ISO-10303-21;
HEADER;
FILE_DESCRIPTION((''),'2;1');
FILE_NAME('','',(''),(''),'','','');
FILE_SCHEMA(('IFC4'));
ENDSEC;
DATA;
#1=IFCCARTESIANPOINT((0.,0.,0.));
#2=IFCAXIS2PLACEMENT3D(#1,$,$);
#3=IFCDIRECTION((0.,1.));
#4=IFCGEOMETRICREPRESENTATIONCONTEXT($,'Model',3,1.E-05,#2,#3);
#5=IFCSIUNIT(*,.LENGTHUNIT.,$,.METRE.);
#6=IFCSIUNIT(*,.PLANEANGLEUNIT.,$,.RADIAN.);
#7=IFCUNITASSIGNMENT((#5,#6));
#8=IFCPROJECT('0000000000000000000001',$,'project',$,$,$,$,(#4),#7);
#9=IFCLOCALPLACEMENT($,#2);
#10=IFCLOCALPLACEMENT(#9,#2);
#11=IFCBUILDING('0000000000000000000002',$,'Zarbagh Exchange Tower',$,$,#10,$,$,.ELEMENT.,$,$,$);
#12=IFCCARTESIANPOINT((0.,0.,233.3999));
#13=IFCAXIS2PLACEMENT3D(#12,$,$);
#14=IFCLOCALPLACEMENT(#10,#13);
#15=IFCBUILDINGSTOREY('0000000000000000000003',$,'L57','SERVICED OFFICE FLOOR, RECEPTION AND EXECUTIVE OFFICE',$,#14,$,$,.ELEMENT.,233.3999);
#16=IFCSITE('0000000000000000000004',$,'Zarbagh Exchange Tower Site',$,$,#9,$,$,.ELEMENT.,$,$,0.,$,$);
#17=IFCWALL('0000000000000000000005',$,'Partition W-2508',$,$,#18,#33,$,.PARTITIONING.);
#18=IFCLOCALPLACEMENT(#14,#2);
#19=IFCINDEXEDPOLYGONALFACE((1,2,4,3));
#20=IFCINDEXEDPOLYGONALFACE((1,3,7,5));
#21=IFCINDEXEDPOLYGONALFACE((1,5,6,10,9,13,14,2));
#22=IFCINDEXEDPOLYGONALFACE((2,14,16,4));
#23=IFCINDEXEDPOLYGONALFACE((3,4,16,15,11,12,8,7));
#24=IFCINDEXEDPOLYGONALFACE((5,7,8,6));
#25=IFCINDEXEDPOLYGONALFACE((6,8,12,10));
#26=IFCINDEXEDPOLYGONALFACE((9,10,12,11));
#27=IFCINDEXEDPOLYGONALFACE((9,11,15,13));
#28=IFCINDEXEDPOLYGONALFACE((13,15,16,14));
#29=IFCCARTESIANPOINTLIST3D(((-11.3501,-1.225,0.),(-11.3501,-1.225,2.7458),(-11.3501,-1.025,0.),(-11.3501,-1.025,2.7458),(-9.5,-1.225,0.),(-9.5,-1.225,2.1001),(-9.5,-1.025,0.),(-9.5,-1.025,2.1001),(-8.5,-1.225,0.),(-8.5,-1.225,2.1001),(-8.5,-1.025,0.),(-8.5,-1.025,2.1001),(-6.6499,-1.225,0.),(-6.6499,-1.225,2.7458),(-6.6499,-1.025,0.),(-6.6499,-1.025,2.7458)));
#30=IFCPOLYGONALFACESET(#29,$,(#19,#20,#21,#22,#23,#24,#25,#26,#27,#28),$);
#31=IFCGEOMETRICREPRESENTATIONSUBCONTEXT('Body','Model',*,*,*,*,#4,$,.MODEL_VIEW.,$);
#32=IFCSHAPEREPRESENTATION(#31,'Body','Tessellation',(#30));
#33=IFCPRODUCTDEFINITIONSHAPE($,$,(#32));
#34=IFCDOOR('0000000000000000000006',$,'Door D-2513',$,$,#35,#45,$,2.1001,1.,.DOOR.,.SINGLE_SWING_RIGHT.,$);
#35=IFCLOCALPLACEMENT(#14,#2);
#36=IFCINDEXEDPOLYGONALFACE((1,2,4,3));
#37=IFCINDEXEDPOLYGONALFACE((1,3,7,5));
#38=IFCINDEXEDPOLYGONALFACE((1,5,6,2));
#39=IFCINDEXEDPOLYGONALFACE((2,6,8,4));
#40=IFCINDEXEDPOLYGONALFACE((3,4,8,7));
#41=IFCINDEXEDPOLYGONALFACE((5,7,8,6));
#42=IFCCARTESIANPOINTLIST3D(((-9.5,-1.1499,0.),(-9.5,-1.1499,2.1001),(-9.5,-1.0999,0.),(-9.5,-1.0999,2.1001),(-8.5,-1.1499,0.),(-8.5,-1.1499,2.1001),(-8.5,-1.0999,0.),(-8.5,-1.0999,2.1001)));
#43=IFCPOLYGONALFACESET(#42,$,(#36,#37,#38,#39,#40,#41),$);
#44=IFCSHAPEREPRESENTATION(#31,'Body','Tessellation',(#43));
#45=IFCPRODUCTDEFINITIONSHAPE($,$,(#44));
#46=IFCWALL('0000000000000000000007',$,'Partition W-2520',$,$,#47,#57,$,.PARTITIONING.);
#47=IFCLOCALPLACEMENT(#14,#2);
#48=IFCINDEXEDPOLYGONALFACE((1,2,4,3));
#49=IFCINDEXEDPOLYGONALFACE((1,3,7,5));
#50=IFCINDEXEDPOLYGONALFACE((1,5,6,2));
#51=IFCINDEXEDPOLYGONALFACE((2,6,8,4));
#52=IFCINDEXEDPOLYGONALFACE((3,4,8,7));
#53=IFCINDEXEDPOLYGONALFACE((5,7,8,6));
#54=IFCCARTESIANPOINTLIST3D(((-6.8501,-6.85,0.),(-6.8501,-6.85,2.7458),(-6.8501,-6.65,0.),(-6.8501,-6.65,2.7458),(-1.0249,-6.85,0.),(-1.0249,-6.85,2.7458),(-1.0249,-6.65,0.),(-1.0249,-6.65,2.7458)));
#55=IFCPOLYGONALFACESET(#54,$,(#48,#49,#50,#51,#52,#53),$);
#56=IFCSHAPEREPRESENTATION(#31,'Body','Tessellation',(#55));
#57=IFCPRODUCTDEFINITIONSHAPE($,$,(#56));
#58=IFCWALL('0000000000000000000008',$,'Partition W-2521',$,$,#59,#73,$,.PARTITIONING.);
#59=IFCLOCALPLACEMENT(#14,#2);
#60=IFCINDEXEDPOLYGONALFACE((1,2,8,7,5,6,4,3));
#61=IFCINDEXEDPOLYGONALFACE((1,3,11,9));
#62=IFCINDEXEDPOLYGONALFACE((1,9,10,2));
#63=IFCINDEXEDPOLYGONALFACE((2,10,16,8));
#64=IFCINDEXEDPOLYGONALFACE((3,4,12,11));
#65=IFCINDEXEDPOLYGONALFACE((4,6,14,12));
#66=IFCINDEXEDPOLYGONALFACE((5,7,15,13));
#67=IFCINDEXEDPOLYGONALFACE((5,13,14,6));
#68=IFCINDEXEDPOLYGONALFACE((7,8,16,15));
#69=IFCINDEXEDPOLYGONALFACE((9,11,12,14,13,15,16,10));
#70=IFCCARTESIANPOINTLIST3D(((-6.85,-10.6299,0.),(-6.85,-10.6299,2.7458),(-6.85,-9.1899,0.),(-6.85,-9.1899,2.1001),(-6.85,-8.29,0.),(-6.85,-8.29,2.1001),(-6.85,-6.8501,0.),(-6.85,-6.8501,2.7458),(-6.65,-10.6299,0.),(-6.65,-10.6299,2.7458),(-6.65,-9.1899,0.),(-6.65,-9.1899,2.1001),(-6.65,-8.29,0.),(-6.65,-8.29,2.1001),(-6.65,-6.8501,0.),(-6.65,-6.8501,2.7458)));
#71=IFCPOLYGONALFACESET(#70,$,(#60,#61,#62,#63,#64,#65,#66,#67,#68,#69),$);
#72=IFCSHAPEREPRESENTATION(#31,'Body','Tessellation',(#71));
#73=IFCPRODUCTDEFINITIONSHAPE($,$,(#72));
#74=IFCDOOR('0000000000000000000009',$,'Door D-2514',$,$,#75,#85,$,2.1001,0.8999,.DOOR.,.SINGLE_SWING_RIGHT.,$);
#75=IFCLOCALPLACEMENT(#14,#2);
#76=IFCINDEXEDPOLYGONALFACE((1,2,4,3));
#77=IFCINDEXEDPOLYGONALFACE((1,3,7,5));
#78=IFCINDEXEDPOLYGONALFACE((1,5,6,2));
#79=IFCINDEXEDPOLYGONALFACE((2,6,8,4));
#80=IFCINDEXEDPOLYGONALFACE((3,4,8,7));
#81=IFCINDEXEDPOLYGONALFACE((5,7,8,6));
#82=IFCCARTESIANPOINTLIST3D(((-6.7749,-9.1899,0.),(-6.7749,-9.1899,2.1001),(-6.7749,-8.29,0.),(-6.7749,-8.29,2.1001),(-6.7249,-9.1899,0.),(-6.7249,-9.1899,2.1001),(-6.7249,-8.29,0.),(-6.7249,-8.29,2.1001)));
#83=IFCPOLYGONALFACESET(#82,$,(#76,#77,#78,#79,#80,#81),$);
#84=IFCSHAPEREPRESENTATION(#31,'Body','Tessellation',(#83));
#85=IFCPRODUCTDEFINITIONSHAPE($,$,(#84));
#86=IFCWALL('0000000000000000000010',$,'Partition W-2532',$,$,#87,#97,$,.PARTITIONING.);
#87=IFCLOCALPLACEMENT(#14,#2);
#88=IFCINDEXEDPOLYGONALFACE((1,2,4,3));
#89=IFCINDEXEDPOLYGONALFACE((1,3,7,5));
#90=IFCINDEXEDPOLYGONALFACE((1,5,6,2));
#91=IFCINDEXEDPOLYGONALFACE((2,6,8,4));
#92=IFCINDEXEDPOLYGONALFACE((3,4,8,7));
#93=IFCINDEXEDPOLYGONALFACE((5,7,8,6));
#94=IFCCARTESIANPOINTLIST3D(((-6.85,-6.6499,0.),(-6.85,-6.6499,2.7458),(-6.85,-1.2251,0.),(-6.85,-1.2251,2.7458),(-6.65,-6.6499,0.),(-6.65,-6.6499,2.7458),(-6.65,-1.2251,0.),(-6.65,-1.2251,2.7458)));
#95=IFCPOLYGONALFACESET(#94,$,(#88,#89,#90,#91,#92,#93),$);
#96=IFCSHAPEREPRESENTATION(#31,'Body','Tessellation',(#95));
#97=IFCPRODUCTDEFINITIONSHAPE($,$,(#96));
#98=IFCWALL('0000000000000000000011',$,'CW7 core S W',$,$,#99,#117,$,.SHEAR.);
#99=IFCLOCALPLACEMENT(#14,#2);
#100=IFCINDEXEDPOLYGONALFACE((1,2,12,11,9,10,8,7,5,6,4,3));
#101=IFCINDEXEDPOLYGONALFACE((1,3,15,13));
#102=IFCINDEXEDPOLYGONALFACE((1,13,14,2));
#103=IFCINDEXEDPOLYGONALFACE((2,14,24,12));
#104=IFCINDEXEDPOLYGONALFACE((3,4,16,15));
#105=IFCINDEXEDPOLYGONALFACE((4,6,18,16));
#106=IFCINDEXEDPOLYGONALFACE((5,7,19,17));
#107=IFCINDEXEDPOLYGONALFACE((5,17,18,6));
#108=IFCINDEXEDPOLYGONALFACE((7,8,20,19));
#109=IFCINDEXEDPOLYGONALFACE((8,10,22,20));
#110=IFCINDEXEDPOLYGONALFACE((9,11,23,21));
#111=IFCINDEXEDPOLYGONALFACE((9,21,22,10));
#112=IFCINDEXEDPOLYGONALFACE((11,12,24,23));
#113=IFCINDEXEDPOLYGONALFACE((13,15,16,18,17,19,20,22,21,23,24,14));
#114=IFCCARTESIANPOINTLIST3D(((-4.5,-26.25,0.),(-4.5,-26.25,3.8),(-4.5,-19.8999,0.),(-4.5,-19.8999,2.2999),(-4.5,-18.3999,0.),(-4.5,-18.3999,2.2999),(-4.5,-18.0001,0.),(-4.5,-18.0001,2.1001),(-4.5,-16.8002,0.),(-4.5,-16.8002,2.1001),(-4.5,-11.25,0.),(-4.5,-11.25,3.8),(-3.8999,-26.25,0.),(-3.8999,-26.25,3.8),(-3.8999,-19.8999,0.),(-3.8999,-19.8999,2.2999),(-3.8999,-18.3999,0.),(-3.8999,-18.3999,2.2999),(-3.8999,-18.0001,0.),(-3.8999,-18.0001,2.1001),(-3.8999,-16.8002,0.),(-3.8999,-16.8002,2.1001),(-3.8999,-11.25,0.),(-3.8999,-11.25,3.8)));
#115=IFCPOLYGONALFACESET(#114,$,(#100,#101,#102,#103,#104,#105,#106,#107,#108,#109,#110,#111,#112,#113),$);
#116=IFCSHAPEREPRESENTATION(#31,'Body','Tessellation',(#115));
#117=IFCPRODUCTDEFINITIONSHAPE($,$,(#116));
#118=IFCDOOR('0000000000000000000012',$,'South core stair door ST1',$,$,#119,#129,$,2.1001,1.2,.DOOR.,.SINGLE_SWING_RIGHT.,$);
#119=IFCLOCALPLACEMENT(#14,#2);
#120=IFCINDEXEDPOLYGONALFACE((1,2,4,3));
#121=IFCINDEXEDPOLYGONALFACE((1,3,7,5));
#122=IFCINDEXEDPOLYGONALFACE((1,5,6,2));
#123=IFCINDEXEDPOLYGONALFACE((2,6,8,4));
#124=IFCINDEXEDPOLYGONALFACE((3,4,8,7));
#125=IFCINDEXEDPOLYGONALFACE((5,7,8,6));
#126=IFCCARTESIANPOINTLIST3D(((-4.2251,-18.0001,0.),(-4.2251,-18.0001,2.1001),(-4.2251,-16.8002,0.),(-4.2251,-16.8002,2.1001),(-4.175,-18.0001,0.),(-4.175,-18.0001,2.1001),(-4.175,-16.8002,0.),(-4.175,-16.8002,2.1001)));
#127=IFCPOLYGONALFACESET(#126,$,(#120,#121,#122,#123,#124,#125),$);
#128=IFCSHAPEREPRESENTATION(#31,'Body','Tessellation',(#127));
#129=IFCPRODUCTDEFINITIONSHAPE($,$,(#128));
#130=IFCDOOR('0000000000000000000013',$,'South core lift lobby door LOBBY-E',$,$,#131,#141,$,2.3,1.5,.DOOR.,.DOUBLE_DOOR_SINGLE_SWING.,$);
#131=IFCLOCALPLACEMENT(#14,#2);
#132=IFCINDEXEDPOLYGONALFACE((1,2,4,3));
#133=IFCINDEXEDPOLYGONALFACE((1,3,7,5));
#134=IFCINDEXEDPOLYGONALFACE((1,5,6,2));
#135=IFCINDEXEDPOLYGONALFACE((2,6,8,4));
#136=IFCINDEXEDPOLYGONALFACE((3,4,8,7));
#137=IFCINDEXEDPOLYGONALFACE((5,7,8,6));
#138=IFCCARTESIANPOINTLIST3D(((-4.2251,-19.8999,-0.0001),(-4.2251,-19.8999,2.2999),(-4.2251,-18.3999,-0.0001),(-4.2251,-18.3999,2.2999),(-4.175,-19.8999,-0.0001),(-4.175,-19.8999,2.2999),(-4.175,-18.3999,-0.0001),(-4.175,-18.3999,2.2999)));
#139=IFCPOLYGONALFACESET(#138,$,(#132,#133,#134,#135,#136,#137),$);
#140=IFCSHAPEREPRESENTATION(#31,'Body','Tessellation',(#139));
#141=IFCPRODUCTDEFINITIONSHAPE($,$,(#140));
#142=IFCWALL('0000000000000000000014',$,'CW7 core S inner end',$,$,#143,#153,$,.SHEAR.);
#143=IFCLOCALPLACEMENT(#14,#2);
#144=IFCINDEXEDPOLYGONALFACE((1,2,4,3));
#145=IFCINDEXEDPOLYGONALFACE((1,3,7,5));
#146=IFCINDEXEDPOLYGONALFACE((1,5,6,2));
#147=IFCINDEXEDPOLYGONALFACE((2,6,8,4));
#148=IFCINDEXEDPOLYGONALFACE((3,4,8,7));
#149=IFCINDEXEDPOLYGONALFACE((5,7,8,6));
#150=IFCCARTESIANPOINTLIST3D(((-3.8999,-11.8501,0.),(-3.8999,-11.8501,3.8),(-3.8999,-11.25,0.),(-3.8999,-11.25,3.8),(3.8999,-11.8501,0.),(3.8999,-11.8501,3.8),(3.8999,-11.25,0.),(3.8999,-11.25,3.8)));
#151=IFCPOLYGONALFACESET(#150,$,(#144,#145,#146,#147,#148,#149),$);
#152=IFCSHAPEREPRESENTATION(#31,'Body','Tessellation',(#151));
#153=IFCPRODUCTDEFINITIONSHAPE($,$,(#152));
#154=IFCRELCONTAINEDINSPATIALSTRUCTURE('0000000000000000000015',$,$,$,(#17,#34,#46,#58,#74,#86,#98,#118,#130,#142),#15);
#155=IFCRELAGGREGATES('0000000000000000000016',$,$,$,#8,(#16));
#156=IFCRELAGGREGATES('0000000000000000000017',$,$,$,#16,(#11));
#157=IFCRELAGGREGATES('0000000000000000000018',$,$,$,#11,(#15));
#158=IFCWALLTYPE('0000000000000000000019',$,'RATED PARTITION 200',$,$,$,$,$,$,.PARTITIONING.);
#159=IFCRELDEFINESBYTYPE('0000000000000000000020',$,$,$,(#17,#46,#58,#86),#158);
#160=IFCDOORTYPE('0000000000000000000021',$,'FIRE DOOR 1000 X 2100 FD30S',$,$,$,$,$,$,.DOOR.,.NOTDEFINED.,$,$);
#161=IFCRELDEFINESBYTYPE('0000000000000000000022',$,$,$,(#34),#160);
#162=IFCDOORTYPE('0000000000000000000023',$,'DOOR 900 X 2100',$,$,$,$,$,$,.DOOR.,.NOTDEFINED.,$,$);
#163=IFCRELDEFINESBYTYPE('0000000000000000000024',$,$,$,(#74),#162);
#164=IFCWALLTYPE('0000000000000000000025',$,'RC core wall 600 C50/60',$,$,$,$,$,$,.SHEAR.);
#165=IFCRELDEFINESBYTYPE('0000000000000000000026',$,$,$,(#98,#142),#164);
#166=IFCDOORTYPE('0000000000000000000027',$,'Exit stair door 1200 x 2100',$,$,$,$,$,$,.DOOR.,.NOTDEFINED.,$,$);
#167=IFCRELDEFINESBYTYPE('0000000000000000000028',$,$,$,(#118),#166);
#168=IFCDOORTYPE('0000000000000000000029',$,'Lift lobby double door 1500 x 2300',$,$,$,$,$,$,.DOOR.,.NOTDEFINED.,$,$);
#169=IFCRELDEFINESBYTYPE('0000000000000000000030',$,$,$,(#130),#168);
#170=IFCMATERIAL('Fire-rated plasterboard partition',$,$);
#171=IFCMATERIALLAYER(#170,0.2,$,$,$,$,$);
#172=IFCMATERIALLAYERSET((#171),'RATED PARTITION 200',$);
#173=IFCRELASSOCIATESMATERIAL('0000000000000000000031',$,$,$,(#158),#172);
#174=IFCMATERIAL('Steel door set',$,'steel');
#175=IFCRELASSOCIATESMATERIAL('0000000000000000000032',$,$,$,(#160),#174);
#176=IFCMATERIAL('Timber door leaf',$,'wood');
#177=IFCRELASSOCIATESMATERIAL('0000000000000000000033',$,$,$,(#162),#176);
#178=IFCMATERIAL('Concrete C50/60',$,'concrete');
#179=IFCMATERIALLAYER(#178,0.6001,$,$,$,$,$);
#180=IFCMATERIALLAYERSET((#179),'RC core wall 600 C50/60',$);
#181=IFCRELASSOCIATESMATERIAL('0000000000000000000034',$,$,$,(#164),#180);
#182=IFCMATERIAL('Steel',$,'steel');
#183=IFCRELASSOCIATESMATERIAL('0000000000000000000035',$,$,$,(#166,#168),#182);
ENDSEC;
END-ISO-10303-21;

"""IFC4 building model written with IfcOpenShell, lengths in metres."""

from ifc_helpers import new_model, si_unit, direction, frame, frame_2d, origin, place, context, subcontext, project, spatial, rectangle, extrude, material, layer, layer_set, type_object, element, fill, save


model = new_model("IFC4")

# Units and contexts
model_context = context("Model", 3, precision=1e-05, world=origin(), true_north=direction((0.0, 1.0)))
body_context = subcontext(model_context, "Body", "Model", "MODEL_VIEW")
ifc_project = project(units=[si_unit("LENGTHUNIT", "METRE"), si_unit("PLANEANGLEUNIT", "RADIAN")], contexts=[model_context])

# Site, building, storey
site_placement = place(None, origin())
site = spatial("IfcSite", under=ifc_project, at=site_placement, Name="Zarbagh Exchange Tower Site", CompositionType="ELEMENT", RefElevation=0.0)
building_placement = place(site_placement, origin())
building = spatial("IfcBuilding", under=site, at=building_placement, Name="Zarbagh Exchange Tower", CompositionType="ELEMENT")
storey_placement = place(building_placement, frame((0.0, 0.0, 233.3999)))
storey = spatial("IfcBuildingStorey", under=building, at=storey_placement, Name="L57", Description="SERVICED OFFICE FLOOR, RECEPTION AND EXECUTIVE OFFICE", CompositionType="ELEMENT", Elevation=233.3999)

# Shared definitions
ifc_material_1 = material(Name="Concrete C50/60", Category="concrete")

# Wall, opening, door
ifc_material_2 = material(Name="Fire-rated plasterboard partition")
ifc_layer_1 = layer(ifc_material_2, 0.2)
ifc_layer_set_1 = layer_set([ifc_layer_1], Name="RATED PARTITION 200")
wall_type_1 = type_object("IfcWallType", Name="RATED PARTITION 200", PredefinedType="PARTITIONING", material=ifc_layer_set_1)
wall_1_placement = place(storey_placement, frame((-6.6499, -1.125, 0.0), z_axis=(0.0, 0.0, 1.0), x_axis=(-1.0, 0.0, 0.0)))
wall_1 = element("IfcWall", 1, at=wall_1_placement, inside=storey, type_object=wall_type_1, Name="Partition W-2508", PredefinedType="PARTITIONING", context=body_context, shape_type="SweptSolid", body=[
    extrude(rectangle(XDim=4.7002, YDim=0.2, at=frame_2d((2.3501, 0.0))), origin(), (0.0, 0.0, 1.0), 2.7458),
])
opening_1_placement = place(wall_1_placement, frame((1.8501, 0.0, 0.0)))
opening_1 = element("IfcOpeningElement", 2, at=opening_1_placement, cuts=wall_1, PredefinedType="OPENING", context=body_context, shape_type="SweptSolid", body=[
    extrude(rectangle(XDim=1.0, YDim=2.1001, at=frame_2d((0.5, 1.05))), frame((0.0, 0.1099, 0.0), z_axis=(0.0, -1.0, 0.0), x_axis=(1.0, 0.0, 0.0)), (0.0, 0.0, 1.0), 0.22),
])
ifc_material_3 = material(Name="Steel door set", Category="steel")
door_type_1 = type_object("IfcDoorType", Name="FIRE DOOR 1000 X 2100 FD30S", OperationType="NOTDEFINED", PredefinedType="DOOR", material=ifc_material_3)
door_1_placement = place(opening_1_placement, origin())
door_1 = element("IfcDoor", 3, at=door_1_placement, inside=storey, type_object=door_type_1, Name="Door D-2513", OperationType="SINGLE_SWING_RIGHT", OverallHeight=2.1001, OverallWidth=1.0, PredefinedType="DOOR", context=body_context, shape_type="SweptSolid", body=[
    extrude(rectangle(XDim=1.0, YDim=2.1001, at=frame_2d((0.5, 1.05))), frame((0.0, 0.0249, 0.0), z_axis=(0.0, -1.0, 0.0), x_axis=(1.0, 0.0, 0.0)), (0.0, 0.0, 1.0), 0.05),
])
fill(opening_1, door_1)

# Wall
wall_2_placement = place(storey_placement, frame((-6.8501, -6.75, 0.0), z_axis=(0.0, 0.0, 1.0), x_axis=(1.0, 0.0, 0.0)))
element("IfcWall", 4, at=wall_2_placement, inside=storey, type_object=wall_type_1, Name="Partition W-2520", PredefinedType="PARTITIONING", context=body_context, shape_type="SweptSolid", body=[
    extrude(rectangle(XDim=5.8252, YDim=0.2, at=frame_2d((2.9126, 0.0))), origin(), (0.0, 0.0, 1.0), 2.7458),
])

# Wall, opening, door
wall_3_placement = place(storey_placement, frame((-6.75, -10.6299, 0.0), z_axis=(0.0, 0.0, 1.0), x_axis=(0.0, 1.0, 0.0)))
wall_3 = element("IfcWall", 5, at=wall_3_placement, inside=storey, type_object=wall_type_1, Name="Partition W-2521", PredefinedType="PARTITIONING", context=body_context, shape_type="SweptSolid", body=[
    extrude(rectangle(XDim=3.7798, YDim=0.2, at=frame_2d((1.8899, 0.0))), origin(), (0.0, 0.0, 1.0), 2.7458),
])
opening_2_placement = place(wall_3_placement, frame((1.4399, 0.0, 0.0)))
opening_2 = element("IfcOpeningElement", 6, at=opening_2_placement, cuts=wall_3, PredefinedType="OPENING", context=body_context, shape_type="SweptSolid", body=[
    extrude(rectangle(XDim=0.8999, YDim=2.1001, at=frame_2d((0.45, 1.05))), frame((0.0, 0.1099, 0.0), z_axis=(0.0, -1.0, 0.0), x_axis=(1.0, 0.0, 0.0)), (0.0, 0.0, 1.0), 0.22),
])
ifc_material_4 = material(Name="Timber door leaf", Category="wood")
door_type_2 = type_object("IfcDoorType", Name="DOOR 900 X 2100", OperationType="NOTDEFINED", PredefinedType="DOOR", material=ifc_material_4)
door_2_placement = place(opening_2_placement, origin())
door_2 = element("IfcDoor", 7, at=door_2_placement, inside=storey, type_object=door_type_2, Name="Door D-2514", OperationType="SINGLE_SWING_RIGHT", OverallHeight=2.1001, OverallWidth=0.8999, PredefinedType="DOOR", context=body_context, shape_type="SweptSolid", body=[
    extrude(rectangle(XDim=0.8999, YDim=2.1001, at=frame_2d((0.45, 1.05))), frame((0.0, 0.0249, 0.0), z_axis=(0.0, -1.0, 0.0), x_axis=(1.0, 0.0, 0.0)), (0.0, 0.0, 1.0), 0.05),
])
fill(opening_2, door_2)

# Wall
wall_4_placement = place(storey_placement, frame((-6.75, -6.6499, 0.0), z_axis=(0.0, 0.0, 1.0), x_axis=(0.0, 1.0, 0.0)))
element("IfcWall", 8, at=wall_4_placement, inside=storey, type_object=wall_type_1, Name="Partition W-2532", PredefinedType="PARTITIONING", context=body_context, shape_type="SweptSolid", body=[
    extrude(rectangle(XDim=5.4248, YDim=0.2, at=frame_2d((2.7124, 0.0))), origin(), (0.0, 0.0, 1.0), 2.7458),
])

# Wall, openings, doors
ifc_layer_2 = layer(ifc_material_1, 0.6001)
ifc_layer_set_2 = layer_set([ifc_layer_2], Name="RC core wall 600 C50/60")
wall_type_2 = type_object("IfcWallType", Name="RC core wall 600 C50/60", PredefinedType="SHEAR", material=ifc_layer_set_2)
wall_5_placement = place(storey_placement, frame((-4.2, -11.25, 0.0), z_axis=(0.0, 0.0, 1.0), x_axis=(0.0, -1.0, 0.0)))
wall_5 = element("IfcWall", 9, at=wall_5_placement, inside=storey, type_object=wall_type_2, Name="CW7 core S W", PredefinedType="SHEAR", context=body_context, shape_type="SweptSolid", body=[
    extrude(rectangle(XDim=15.0, YDim=0.6001, at=frame_2d((7.5, 0.0))), origin(), (0.0, 0.0, 1.0), 3.8),
])
opening_3_placement = place(wall_5_placement, frame((7.1499, 0.0, 0.0)))
opening_3 = element("IfcOpeningElement", 10, at=opening_3_placement, cuts=wall_5, PredefinedType="OPENING", context=body_context, shape_type="SweptSolid", body=[
    extrude(rectangle(XDim=1.5, YDim=2.3, at=frame_2d((0.75, 1.1499))), frame((0.0, 0.3101, 0.0), z_axis=(0.0, -1.0, 0.0), x_axis=(1.0, 0.0, 0.0)), (0.0, 0.0, 1.0), 0.6201),
])
opening_4_placement = place(wall_5_placement, frame((5.55, 0.0, 0.0)))
opening_4 = element("IfcOpeningElement", 11, at=opening_4_placement, cuts=wall_5, PredefinedType="OPENING", context=body_context, shape_type="SweptSolid", body=[
    extrude(rectangle(XDim=1.2, YDim=2.1001, at=frame_2d((0.6001, 1.05))), frame((0.0, 0.3101, 0.0), z_axis=(0.0, -1.0, 0.0), x_axis=(1.0, 0.0, 0.0)), (0.0, 0.0, 1.0), 0.6201),
])
ifc_material_5 = material(Name="Steel", Category="steel")
door_type_3 = type_object("IfcDoorType", Name="Exit stair door 1200 x 2100", OperationType="NOTDEFINED", PredefinedType="DOOR", material=ifc_material_5)
door_3_placement = place(opening_4_placement, origin())
door_3 = element("IfcDoor", 12, at=door_3_placement, inside=storey, type_object=door_type_3, Name="South core stair door ST1", OperationType="SINGLE_SWING_RIGHT", OverallHeight=2.1001, OverallWidth=1.2, PredefinedType="DOOR", context=body_context, shape_type="SweptSolid", body=[
    extrude(rectangle(XDim=1.2, YDim=2.1001, at=frame_2d((0.6001, 1.05))), frame((0.0, 0.0249, 0.0), z_axis=(0.0, -1.0, 0.0), x_axis=(1.0, 0.0, 0.0)), (0.0, 0.0, 1.0), 0.05),
])
fill(opening_4, door_3)
door_type_4 = type_object("IfcDoorType", Name="Lift lobby double door 1500 x 2300", OperationType="NOTDEFINED", PredefinedType="DOOR", material=ifc_material_5)
door_4_placement = place(opening_3_placement, origin())
door_4 = element("IfcDoor", 13, at=door_4_placement, inside=storey, type_object=door_type_4, Name="South core lift lobby door LOBBY-E", OperationType="DOUBLE_DOOR_SINGLE_SWING", OverallHeight=2.3, OverallWidth=1.5, PredefinedType="DOOR", context=body_context, shape_type="SweptSolid", body=[
    extrude(rectangle(XDim=1.5, YDim=2.3, at=frame_2d((0.75, 1.1499))), frame((0.0, 0.0249, 0.0), z_axis=(0.0, -1.0, 0.0), x_axis=(1.0, 0.0, 0.0)), (0.0, 0.0, 1.0), 0.05),
])
fill(opening_3, door_4)

# Wall
wall_6_placement = place(storey_placement, frame((-3.8999, -11.55, 0.0), z_axis=(0.0, 0.0, 1.0), x_axis=(1.0, 0.0, 0.0)))
element("IfcWall", 14, at=wall_6_placement, inside=storey, type_object=wall_type_2, Name="CW7 core S inner end", PredefinedType="SHEAR", context=body_context, shape_type="SweptSolid", body=[
    extrude(rectangle(XDim=7.7998, YDim=0.6001, at=frame_2d((3.8999, 0.0))), origin(), (0.0, 0.0, 1.0), 3.8),
])

save(model, "model.ifc")
